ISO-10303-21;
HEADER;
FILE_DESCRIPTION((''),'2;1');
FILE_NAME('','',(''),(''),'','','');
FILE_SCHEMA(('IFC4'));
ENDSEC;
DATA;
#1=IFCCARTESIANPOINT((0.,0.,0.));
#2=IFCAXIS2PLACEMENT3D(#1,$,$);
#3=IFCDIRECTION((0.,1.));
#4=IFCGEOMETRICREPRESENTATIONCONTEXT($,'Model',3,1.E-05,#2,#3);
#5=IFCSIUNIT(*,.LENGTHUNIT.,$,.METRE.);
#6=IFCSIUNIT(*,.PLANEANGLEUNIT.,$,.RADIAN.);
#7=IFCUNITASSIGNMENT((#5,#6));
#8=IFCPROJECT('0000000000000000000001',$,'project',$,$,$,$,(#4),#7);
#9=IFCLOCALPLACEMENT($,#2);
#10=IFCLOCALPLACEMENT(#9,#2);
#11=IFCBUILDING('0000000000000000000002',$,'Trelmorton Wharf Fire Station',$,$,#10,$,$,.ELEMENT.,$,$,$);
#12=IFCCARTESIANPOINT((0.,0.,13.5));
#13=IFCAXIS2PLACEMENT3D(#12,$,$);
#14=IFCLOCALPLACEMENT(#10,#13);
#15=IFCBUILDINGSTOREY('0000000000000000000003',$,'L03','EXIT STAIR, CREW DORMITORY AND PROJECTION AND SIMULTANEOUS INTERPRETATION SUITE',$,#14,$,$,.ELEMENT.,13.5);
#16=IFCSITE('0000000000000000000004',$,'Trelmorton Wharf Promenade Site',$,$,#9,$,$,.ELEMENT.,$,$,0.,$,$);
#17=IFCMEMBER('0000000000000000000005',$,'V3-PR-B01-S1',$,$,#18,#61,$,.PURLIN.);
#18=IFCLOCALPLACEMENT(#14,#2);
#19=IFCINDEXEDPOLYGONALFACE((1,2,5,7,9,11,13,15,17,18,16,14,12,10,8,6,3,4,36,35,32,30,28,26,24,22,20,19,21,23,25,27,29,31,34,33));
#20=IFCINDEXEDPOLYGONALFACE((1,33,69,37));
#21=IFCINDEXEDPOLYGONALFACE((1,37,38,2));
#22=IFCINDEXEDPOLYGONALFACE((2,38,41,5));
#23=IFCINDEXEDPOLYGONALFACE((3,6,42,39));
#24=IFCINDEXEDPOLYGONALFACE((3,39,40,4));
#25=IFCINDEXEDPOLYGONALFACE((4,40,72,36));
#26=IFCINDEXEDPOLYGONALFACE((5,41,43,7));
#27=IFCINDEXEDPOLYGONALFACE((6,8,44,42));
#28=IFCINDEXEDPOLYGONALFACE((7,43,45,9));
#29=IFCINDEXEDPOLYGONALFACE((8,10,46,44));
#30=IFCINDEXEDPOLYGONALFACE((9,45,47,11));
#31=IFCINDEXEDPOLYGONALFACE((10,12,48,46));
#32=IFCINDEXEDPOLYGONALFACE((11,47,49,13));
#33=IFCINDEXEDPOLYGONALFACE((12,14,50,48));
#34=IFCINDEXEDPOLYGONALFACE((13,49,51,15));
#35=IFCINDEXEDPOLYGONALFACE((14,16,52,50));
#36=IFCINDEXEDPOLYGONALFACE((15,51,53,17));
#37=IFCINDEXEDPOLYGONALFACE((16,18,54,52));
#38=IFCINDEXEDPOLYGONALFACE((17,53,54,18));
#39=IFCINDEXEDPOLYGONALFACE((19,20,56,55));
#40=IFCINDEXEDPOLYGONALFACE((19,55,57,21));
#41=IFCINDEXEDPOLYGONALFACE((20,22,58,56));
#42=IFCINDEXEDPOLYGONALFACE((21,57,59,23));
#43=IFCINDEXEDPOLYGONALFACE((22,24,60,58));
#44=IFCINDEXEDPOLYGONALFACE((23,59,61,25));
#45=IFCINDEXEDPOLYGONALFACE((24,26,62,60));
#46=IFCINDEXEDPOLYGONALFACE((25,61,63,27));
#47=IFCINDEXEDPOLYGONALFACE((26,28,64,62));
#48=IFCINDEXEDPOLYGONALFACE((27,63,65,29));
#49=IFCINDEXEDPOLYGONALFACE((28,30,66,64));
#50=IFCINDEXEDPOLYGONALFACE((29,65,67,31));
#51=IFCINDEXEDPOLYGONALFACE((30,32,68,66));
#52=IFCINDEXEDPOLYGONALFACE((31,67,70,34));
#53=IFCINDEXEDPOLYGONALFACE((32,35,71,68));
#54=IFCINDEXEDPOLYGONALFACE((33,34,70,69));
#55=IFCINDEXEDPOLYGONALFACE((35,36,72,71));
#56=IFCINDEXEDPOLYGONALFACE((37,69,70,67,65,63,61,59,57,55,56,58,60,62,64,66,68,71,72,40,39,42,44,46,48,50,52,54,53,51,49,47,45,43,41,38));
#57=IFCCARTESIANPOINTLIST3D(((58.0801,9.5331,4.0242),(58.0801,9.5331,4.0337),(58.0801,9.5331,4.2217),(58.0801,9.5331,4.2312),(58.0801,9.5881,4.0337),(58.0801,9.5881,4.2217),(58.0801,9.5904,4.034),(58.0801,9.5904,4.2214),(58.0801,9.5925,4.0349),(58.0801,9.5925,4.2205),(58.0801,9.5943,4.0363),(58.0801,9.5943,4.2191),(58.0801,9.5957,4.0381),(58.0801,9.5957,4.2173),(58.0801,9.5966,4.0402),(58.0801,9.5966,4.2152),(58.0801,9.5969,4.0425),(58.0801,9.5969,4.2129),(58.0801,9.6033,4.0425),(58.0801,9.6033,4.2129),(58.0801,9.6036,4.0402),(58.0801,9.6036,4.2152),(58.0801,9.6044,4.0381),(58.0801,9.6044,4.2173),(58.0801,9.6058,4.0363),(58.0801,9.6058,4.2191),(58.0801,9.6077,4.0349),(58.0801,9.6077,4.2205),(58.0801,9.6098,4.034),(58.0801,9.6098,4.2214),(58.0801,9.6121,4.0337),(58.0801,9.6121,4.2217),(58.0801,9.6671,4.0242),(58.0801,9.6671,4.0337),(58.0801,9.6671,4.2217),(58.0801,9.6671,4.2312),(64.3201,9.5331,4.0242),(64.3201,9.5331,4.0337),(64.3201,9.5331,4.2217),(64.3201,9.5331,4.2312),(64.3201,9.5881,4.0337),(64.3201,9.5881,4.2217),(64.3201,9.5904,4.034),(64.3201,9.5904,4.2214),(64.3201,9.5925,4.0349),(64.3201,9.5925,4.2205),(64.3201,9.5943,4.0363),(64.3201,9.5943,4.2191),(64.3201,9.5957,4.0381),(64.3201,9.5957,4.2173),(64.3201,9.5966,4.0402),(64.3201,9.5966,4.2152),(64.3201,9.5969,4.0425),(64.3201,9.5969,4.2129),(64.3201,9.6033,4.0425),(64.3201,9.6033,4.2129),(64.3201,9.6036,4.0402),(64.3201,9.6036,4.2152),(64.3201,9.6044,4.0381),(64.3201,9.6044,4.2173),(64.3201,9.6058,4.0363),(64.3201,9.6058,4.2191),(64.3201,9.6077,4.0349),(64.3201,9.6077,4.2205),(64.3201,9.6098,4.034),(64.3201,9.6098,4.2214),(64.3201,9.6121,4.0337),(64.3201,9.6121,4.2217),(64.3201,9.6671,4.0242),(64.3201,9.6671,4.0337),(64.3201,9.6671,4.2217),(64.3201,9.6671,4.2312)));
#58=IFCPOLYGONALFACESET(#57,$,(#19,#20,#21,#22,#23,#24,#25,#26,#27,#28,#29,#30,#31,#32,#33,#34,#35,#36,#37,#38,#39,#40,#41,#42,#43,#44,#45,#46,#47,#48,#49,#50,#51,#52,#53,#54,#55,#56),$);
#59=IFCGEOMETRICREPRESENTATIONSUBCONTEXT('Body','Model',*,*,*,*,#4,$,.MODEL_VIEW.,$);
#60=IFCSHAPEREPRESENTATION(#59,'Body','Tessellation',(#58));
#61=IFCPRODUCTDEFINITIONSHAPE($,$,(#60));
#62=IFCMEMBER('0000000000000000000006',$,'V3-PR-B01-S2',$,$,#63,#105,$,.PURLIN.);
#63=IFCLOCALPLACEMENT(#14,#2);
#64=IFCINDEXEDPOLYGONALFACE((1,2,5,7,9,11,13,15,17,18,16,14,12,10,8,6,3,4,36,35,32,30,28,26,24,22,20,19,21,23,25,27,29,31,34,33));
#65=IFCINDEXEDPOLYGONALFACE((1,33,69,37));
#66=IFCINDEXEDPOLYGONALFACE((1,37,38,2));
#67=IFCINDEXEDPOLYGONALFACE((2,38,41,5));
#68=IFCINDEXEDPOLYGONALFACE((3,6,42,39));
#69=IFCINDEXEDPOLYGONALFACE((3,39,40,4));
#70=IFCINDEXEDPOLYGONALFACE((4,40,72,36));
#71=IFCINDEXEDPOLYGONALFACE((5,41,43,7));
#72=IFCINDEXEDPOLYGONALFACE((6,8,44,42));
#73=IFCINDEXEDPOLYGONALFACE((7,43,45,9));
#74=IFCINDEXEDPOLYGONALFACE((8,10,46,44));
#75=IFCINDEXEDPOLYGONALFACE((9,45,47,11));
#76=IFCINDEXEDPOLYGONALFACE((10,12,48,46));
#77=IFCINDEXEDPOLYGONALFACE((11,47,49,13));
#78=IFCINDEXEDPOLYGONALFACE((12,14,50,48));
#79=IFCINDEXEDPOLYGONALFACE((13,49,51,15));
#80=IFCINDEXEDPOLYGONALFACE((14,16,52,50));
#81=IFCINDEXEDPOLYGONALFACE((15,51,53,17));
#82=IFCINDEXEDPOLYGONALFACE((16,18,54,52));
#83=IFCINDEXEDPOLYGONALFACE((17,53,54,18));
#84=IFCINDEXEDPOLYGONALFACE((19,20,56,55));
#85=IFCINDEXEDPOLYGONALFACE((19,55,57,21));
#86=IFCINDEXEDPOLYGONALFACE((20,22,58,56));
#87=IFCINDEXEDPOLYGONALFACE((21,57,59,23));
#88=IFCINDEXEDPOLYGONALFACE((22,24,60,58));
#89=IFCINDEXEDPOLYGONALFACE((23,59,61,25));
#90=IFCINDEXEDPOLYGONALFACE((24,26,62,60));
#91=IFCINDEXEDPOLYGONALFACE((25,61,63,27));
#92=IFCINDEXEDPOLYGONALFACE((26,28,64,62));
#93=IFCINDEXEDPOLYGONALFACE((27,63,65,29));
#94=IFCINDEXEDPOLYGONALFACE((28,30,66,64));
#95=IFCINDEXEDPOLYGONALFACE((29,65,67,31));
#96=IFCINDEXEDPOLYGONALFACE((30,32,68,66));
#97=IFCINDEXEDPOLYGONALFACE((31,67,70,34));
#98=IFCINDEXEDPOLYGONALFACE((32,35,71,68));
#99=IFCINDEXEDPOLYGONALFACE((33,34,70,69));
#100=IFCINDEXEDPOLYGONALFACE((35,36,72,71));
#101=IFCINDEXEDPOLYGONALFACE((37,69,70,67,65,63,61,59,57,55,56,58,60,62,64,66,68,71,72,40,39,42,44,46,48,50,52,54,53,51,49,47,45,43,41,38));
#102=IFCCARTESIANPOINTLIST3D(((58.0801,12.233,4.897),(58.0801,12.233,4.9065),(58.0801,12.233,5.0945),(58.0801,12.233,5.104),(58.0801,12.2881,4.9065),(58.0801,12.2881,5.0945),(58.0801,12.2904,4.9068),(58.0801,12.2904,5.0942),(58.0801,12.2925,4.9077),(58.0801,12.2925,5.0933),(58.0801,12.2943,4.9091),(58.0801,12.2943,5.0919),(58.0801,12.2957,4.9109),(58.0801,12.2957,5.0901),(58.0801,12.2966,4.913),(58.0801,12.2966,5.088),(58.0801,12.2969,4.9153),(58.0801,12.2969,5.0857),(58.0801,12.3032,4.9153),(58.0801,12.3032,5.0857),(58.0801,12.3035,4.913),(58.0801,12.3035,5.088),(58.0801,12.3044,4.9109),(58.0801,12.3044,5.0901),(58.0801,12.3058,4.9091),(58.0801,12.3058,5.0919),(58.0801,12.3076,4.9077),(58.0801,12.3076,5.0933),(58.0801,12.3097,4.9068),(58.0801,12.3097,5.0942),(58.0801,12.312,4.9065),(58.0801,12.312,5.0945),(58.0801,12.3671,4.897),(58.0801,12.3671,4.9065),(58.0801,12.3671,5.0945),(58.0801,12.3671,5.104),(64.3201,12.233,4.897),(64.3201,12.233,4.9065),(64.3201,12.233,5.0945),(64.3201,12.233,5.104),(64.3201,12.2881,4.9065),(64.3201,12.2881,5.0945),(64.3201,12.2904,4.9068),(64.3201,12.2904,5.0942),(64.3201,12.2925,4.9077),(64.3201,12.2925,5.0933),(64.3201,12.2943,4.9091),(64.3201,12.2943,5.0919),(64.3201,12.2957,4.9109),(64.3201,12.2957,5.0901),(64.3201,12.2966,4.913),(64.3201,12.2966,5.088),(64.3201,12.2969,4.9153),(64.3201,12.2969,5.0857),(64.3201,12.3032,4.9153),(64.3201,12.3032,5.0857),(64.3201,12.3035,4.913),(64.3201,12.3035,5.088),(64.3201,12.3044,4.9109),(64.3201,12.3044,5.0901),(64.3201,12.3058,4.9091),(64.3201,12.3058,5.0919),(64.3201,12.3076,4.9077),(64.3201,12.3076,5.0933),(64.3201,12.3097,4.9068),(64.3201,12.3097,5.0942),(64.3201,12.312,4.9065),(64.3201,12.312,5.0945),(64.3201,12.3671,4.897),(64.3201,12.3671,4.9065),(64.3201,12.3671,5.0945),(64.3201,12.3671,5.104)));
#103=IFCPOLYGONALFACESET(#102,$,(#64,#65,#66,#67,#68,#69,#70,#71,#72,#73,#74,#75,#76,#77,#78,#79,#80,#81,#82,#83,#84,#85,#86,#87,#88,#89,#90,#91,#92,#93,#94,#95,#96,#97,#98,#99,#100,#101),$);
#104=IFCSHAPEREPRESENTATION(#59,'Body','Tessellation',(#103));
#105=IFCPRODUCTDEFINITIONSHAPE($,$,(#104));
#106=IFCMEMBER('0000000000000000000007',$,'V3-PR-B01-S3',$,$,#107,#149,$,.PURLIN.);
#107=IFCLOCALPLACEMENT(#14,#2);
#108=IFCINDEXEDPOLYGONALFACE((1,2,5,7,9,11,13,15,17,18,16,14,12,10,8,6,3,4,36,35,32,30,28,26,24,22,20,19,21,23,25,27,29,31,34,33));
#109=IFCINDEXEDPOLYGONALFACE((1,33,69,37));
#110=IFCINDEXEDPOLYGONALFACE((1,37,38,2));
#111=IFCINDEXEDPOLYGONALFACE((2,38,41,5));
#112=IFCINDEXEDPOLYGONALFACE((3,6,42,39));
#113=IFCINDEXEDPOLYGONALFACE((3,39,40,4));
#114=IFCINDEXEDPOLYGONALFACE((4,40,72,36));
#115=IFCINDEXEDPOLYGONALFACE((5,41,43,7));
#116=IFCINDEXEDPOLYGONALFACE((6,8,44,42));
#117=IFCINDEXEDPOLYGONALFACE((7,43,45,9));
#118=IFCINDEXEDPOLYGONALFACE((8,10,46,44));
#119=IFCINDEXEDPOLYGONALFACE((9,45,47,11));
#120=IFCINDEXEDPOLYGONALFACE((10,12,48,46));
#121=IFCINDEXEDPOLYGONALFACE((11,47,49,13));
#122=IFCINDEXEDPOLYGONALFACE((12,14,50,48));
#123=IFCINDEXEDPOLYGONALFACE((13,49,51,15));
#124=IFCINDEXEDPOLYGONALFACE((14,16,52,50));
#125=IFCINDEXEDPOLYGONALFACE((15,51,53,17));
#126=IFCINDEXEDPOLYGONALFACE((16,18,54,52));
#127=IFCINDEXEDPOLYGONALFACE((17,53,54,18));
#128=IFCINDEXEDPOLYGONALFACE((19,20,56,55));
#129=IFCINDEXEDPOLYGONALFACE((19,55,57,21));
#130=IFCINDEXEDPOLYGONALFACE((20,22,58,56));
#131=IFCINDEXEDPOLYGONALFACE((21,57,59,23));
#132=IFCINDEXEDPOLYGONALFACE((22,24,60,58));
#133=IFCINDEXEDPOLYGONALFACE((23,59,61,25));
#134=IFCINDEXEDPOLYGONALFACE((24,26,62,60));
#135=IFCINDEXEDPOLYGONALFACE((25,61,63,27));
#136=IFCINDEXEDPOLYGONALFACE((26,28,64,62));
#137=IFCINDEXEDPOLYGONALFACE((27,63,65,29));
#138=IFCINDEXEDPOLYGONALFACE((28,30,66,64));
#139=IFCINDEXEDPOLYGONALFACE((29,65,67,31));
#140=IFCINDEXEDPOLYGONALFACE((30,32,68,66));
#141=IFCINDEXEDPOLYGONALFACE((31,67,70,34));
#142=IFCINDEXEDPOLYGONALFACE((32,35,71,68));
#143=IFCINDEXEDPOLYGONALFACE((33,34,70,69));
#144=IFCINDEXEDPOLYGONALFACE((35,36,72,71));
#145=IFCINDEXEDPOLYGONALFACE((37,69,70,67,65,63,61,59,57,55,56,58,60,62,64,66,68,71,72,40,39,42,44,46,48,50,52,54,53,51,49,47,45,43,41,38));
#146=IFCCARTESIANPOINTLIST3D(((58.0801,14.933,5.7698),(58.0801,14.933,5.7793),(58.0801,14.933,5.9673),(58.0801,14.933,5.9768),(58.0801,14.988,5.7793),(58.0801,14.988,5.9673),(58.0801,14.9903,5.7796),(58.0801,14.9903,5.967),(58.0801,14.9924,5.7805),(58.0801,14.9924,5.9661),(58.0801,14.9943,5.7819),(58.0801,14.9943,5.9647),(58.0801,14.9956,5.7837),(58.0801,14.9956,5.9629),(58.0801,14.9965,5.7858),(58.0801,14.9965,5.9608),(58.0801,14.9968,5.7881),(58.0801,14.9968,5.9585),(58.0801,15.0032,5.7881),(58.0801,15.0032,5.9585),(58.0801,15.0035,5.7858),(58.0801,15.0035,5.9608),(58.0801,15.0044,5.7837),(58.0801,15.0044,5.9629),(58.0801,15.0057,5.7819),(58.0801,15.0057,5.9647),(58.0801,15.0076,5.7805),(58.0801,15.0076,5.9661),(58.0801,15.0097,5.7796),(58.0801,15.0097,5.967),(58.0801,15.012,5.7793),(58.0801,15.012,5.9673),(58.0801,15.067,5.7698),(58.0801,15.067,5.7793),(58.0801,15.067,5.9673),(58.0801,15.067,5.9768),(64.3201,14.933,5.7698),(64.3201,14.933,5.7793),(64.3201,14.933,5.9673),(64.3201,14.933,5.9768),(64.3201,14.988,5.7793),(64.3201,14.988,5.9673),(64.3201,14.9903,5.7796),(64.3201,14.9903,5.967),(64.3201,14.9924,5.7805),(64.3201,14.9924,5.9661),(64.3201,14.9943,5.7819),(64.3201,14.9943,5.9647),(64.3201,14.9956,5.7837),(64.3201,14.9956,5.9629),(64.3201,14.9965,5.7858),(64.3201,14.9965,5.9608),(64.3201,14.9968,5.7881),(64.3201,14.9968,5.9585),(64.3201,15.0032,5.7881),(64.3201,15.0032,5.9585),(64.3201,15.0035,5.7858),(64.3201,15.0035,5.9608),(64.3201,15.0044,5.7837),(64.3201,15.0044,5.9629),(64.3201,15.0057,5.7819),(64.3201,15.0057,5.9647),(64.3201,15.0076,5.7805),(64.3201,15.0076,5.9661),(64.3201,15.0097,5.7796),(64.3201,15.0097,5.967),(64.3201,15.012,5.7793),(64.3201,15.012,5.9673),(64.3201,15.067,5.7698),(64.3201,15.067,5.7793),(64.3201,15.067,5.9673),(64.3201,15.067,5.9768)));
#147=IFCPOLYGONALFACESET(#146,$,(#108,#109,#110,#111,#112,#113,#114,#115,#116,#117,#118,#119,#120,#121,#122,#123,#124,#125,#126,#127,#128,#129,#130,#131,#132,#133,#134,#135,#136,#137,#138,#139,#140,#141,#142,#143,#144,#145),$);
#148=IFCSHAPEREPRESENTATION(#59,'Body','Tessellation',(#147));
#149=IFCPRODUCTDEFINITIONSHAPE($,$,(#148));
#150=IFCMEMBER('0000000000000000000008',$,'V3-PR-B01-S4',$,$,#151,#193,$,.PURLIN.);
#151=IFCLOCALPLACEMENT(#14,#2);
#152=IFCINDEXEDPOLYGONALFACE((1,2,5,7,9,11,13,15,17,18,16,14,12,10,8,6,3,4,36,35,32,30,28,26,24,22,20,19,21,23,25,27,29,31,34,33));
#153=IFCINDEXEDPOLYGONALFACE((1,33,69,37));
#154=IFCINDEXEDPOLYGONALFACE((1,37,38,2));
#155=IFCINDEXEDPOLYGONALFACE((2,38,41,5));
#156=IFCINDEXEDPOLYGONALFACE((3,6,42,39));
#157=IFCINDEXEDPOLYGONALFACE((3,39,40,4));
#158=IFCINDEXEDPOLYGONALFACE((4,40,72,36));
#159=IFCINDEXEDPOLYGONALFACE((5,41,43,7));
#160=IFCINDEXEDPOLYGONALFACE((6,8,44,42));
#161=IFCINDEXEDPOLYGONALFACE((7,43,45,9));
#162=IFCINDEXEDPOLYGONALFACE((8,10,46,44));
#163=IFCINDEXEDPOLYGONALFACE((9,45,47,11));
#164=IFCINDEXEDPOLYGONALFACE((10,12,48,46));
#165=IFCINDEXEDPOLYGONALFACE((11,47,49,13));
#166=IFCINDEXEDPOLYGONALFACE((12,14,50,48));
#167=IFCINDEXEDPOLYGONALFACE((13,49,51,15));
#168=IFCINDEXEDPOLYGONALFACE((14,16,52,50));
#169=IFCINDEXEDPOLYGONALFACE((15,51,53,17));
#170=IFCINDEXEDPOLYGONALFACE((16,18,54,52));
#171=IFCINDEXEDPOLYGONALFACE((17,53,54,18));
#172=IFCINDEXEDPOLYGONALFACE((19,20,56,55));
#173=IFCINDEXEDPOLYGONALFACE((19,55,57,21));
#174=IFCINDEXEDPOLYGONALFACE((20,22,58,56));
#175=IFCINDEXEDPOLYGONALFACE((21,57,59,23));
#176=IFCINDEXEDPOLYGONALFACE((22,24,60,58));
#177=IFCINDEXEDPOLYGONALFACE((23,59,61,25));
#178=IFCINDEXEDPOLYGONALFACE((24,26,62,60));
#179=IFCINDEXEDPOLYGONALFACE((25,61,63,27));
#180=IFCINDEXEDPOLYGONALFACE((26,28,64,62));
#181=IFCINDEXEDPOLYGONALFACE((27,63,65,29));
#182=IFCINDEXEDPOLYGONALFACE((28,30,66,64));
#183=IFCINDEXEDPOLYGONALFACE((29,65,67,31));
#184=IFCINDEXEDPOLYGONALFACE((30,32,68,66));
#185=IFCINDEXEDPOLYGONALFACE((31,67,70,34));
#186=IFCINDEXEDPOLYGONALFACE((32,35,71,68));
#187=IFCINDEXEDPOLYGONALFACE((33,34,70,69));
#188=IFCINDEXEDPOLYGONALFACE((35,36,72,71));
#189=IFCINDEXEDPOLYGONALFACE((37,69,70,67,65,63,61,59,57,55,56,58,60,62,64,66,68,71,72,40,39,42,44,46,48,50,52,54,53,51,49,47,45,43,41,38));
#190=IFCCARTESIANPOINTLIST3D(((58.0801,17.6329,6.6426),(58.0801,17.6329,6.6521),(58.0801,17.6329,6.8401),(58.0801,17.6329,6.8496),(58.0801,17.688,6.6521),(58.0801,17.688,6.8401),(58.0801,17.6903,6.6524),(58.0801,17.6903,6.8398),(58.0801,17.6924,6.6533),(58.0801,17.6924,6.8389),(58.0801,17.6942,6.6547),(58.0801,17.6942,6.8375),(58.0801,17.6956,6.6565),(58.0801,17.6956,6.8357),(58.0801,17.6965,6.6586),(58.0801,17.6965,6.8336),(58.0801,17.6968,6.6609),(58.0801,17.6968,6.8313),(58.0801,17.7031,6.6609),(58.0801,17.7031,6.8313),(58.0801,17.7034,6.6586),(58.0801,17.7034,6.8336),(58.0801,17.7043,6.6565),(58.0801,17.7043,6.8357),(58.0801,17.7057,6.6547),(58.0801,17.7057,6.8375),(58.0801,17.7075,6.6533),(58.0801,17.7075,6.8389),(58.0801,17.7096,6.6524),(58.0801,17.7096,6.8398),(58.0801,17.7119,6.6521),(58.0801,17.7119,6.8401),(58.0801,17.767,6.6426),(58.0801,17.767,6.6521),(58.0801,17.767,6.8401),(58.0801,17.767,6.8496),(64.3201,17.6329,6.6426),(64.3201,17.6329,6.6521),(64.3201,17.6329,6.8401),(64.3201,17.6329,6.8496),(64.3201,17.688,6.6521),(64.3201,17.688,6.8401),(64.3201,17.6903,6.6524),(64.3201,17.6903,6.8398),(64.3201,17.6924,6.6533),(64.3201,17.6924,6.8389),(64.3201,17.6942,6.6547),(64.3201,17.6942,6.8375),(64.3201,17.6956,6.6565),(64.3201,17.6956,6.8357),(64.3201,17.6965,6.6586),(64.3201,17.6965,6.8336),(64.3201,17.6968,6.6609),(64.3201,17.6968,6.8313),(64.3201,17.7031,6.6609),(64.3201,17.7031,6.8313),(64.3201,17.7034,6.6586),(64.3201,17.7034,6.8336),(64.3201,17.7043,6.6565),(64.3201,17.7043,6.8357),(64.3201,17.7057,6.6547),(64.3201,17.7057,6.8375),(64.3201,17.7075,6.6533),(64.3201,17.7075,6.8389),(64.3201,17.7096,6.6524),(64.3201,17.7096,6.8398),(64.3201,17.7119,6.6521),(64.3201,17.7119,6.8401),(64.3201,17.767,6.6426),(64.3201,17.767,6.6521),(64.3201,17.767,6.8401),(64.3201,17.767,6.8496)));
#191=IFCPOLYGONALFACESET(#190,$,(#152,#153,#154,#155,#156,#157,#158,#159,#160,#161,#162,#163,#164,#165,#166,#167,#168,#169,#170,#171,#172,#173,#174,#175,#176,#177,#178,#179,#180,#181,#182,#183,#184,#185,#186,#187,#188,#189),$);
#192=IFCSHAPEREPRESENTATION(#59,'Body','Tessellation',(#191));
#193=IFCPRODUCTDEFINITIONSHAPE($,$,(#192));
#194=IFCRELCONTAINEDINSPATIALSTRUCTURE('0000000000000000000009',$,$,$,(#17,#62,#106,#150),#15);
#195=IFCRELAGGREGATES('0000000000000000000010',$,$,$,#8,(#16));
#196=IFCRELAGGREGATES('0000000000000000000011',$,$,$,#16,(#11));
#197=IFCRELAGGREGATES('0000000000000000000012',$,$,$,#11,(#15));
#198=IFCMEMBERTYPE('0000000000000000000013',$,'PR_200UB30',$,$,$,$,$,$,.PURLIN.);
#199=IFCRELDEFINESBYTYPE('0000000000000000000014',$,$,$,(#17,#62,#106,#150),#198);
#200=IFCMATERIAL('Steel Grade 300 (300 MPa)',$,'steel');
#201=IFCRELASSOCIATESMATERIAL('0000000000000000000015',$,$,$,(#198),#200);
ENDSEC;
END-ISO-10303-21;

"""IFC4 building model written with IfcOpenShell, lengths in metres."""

from ifc_helpers import new_model, si_unit, direction, frame, origin, origin_2d, place, context, subcontext, project, spatial, i_section, extrude, material, material_profile, profile_set, type_object, element, save


model = new_model("IFC4")

# Units and contexts
model_context = context("Model", 3, precision=1e-05, world=origin(), true_north=direction((0.0, 1.0)))
body_context = subcontext(model_context, "Body", "Model", "MODEL_VIEW")
ifc_project = project(units=[si_unit("LENGTHUNIT", "METRE"), si_unit("PLANEANGLEUNIT", "RADIAN")], contexts=[model_context])

# Site, building, storey
site_placement = place(None, origin())
site = spatial("IfcSite", under=ifc_project, at=site_placement, Name="Trelmorton Wharf Promenade Site", CompositionType="ELEMENT", RefElevation=0.0)
building_placement = place(site_placement, origin())
building = spatial("IfcBuilding", under=site, at=building_placement, Name="Trelmorton Wharf Fire Station", CompositionType="ELEMENT")
storey_placement = place(building_placement, frame((0.0, 0.0, 13.5)))
storey = spatial("IfcBuildingStorey", under=building, at=storey_placement, Name="L03", Description="EXIT STAIR, CREW DORMITORY AND PROJECTION AND SIMULTANEOUS INTERPRETATION SUITE", CompositionType="ELEMENT", Elevation=13.5)

# Members
ifc_material_1 = material(Name="Steel Grade 300 (300 MPa)", Category="steel")
ifc_material_profile_1 = material_profile(ifc_material_1, i_section(OverallWidth=0.134, OverallDepth=0.207, WebThickness=0.0063, FlangeThickness=0.0095, FilletRadius=0.0088, at=origin_2d()), Name="200UB29.8")
ifc_profile_set_1 = profile_set([ifc_material_profile_1], Name="Steel Grade 300 (300 MPa)")
member_type_1 = type_object("IfcMemberType", Name="PR_200UB30", PredefinedType="PURLIN", material=ifc_profile_set_1)
for number, where, z_axis, x_axis, name in (
    (1, (58.0801, 9.6001, 4.1277), (1.0, 0.0, 0.0), (0.0, 1.0, 0.0), "V3-PR-B01-S1"),
    (2, (58.0801, 12.3, 5.0005), (1.0, 0.0, 0.0), (0.0, 1.0, 0.0), "V3-PR-B01-S2"),
    (3, (58.0801, 15.0, 5.8733), (1.0, 0.0, 0.0), (0.0, 1.0, 0.0), "V3-PR-B01-S3"),
    (4, (58.0801, 17.7, 6.7461), (1.0, 0.0, 0.0), (0.0, 1.0, 0.0), "V3-PR-B01-S4"),
):
    element("IfcMember", number, at=place(storey_placement, frame(where, z_axis=z_axis, x_axis=x_axis)), inside=storey, type_object=member_type_1, Name=name, PredefinedType="PURLIN", context=body_context, shape_type="SweptSolid", body=[
        extrude(i_section(OverallWidth=0.134, OverallDepth=0.207, WebThickness=0.0063, FlangeThickness=0.0095, FilletRadius=0.0088, at=origin_2d()), origin(), (0.0, 0.0, 1.0), 6.24),
    ])

save(model, "model.ifc")
